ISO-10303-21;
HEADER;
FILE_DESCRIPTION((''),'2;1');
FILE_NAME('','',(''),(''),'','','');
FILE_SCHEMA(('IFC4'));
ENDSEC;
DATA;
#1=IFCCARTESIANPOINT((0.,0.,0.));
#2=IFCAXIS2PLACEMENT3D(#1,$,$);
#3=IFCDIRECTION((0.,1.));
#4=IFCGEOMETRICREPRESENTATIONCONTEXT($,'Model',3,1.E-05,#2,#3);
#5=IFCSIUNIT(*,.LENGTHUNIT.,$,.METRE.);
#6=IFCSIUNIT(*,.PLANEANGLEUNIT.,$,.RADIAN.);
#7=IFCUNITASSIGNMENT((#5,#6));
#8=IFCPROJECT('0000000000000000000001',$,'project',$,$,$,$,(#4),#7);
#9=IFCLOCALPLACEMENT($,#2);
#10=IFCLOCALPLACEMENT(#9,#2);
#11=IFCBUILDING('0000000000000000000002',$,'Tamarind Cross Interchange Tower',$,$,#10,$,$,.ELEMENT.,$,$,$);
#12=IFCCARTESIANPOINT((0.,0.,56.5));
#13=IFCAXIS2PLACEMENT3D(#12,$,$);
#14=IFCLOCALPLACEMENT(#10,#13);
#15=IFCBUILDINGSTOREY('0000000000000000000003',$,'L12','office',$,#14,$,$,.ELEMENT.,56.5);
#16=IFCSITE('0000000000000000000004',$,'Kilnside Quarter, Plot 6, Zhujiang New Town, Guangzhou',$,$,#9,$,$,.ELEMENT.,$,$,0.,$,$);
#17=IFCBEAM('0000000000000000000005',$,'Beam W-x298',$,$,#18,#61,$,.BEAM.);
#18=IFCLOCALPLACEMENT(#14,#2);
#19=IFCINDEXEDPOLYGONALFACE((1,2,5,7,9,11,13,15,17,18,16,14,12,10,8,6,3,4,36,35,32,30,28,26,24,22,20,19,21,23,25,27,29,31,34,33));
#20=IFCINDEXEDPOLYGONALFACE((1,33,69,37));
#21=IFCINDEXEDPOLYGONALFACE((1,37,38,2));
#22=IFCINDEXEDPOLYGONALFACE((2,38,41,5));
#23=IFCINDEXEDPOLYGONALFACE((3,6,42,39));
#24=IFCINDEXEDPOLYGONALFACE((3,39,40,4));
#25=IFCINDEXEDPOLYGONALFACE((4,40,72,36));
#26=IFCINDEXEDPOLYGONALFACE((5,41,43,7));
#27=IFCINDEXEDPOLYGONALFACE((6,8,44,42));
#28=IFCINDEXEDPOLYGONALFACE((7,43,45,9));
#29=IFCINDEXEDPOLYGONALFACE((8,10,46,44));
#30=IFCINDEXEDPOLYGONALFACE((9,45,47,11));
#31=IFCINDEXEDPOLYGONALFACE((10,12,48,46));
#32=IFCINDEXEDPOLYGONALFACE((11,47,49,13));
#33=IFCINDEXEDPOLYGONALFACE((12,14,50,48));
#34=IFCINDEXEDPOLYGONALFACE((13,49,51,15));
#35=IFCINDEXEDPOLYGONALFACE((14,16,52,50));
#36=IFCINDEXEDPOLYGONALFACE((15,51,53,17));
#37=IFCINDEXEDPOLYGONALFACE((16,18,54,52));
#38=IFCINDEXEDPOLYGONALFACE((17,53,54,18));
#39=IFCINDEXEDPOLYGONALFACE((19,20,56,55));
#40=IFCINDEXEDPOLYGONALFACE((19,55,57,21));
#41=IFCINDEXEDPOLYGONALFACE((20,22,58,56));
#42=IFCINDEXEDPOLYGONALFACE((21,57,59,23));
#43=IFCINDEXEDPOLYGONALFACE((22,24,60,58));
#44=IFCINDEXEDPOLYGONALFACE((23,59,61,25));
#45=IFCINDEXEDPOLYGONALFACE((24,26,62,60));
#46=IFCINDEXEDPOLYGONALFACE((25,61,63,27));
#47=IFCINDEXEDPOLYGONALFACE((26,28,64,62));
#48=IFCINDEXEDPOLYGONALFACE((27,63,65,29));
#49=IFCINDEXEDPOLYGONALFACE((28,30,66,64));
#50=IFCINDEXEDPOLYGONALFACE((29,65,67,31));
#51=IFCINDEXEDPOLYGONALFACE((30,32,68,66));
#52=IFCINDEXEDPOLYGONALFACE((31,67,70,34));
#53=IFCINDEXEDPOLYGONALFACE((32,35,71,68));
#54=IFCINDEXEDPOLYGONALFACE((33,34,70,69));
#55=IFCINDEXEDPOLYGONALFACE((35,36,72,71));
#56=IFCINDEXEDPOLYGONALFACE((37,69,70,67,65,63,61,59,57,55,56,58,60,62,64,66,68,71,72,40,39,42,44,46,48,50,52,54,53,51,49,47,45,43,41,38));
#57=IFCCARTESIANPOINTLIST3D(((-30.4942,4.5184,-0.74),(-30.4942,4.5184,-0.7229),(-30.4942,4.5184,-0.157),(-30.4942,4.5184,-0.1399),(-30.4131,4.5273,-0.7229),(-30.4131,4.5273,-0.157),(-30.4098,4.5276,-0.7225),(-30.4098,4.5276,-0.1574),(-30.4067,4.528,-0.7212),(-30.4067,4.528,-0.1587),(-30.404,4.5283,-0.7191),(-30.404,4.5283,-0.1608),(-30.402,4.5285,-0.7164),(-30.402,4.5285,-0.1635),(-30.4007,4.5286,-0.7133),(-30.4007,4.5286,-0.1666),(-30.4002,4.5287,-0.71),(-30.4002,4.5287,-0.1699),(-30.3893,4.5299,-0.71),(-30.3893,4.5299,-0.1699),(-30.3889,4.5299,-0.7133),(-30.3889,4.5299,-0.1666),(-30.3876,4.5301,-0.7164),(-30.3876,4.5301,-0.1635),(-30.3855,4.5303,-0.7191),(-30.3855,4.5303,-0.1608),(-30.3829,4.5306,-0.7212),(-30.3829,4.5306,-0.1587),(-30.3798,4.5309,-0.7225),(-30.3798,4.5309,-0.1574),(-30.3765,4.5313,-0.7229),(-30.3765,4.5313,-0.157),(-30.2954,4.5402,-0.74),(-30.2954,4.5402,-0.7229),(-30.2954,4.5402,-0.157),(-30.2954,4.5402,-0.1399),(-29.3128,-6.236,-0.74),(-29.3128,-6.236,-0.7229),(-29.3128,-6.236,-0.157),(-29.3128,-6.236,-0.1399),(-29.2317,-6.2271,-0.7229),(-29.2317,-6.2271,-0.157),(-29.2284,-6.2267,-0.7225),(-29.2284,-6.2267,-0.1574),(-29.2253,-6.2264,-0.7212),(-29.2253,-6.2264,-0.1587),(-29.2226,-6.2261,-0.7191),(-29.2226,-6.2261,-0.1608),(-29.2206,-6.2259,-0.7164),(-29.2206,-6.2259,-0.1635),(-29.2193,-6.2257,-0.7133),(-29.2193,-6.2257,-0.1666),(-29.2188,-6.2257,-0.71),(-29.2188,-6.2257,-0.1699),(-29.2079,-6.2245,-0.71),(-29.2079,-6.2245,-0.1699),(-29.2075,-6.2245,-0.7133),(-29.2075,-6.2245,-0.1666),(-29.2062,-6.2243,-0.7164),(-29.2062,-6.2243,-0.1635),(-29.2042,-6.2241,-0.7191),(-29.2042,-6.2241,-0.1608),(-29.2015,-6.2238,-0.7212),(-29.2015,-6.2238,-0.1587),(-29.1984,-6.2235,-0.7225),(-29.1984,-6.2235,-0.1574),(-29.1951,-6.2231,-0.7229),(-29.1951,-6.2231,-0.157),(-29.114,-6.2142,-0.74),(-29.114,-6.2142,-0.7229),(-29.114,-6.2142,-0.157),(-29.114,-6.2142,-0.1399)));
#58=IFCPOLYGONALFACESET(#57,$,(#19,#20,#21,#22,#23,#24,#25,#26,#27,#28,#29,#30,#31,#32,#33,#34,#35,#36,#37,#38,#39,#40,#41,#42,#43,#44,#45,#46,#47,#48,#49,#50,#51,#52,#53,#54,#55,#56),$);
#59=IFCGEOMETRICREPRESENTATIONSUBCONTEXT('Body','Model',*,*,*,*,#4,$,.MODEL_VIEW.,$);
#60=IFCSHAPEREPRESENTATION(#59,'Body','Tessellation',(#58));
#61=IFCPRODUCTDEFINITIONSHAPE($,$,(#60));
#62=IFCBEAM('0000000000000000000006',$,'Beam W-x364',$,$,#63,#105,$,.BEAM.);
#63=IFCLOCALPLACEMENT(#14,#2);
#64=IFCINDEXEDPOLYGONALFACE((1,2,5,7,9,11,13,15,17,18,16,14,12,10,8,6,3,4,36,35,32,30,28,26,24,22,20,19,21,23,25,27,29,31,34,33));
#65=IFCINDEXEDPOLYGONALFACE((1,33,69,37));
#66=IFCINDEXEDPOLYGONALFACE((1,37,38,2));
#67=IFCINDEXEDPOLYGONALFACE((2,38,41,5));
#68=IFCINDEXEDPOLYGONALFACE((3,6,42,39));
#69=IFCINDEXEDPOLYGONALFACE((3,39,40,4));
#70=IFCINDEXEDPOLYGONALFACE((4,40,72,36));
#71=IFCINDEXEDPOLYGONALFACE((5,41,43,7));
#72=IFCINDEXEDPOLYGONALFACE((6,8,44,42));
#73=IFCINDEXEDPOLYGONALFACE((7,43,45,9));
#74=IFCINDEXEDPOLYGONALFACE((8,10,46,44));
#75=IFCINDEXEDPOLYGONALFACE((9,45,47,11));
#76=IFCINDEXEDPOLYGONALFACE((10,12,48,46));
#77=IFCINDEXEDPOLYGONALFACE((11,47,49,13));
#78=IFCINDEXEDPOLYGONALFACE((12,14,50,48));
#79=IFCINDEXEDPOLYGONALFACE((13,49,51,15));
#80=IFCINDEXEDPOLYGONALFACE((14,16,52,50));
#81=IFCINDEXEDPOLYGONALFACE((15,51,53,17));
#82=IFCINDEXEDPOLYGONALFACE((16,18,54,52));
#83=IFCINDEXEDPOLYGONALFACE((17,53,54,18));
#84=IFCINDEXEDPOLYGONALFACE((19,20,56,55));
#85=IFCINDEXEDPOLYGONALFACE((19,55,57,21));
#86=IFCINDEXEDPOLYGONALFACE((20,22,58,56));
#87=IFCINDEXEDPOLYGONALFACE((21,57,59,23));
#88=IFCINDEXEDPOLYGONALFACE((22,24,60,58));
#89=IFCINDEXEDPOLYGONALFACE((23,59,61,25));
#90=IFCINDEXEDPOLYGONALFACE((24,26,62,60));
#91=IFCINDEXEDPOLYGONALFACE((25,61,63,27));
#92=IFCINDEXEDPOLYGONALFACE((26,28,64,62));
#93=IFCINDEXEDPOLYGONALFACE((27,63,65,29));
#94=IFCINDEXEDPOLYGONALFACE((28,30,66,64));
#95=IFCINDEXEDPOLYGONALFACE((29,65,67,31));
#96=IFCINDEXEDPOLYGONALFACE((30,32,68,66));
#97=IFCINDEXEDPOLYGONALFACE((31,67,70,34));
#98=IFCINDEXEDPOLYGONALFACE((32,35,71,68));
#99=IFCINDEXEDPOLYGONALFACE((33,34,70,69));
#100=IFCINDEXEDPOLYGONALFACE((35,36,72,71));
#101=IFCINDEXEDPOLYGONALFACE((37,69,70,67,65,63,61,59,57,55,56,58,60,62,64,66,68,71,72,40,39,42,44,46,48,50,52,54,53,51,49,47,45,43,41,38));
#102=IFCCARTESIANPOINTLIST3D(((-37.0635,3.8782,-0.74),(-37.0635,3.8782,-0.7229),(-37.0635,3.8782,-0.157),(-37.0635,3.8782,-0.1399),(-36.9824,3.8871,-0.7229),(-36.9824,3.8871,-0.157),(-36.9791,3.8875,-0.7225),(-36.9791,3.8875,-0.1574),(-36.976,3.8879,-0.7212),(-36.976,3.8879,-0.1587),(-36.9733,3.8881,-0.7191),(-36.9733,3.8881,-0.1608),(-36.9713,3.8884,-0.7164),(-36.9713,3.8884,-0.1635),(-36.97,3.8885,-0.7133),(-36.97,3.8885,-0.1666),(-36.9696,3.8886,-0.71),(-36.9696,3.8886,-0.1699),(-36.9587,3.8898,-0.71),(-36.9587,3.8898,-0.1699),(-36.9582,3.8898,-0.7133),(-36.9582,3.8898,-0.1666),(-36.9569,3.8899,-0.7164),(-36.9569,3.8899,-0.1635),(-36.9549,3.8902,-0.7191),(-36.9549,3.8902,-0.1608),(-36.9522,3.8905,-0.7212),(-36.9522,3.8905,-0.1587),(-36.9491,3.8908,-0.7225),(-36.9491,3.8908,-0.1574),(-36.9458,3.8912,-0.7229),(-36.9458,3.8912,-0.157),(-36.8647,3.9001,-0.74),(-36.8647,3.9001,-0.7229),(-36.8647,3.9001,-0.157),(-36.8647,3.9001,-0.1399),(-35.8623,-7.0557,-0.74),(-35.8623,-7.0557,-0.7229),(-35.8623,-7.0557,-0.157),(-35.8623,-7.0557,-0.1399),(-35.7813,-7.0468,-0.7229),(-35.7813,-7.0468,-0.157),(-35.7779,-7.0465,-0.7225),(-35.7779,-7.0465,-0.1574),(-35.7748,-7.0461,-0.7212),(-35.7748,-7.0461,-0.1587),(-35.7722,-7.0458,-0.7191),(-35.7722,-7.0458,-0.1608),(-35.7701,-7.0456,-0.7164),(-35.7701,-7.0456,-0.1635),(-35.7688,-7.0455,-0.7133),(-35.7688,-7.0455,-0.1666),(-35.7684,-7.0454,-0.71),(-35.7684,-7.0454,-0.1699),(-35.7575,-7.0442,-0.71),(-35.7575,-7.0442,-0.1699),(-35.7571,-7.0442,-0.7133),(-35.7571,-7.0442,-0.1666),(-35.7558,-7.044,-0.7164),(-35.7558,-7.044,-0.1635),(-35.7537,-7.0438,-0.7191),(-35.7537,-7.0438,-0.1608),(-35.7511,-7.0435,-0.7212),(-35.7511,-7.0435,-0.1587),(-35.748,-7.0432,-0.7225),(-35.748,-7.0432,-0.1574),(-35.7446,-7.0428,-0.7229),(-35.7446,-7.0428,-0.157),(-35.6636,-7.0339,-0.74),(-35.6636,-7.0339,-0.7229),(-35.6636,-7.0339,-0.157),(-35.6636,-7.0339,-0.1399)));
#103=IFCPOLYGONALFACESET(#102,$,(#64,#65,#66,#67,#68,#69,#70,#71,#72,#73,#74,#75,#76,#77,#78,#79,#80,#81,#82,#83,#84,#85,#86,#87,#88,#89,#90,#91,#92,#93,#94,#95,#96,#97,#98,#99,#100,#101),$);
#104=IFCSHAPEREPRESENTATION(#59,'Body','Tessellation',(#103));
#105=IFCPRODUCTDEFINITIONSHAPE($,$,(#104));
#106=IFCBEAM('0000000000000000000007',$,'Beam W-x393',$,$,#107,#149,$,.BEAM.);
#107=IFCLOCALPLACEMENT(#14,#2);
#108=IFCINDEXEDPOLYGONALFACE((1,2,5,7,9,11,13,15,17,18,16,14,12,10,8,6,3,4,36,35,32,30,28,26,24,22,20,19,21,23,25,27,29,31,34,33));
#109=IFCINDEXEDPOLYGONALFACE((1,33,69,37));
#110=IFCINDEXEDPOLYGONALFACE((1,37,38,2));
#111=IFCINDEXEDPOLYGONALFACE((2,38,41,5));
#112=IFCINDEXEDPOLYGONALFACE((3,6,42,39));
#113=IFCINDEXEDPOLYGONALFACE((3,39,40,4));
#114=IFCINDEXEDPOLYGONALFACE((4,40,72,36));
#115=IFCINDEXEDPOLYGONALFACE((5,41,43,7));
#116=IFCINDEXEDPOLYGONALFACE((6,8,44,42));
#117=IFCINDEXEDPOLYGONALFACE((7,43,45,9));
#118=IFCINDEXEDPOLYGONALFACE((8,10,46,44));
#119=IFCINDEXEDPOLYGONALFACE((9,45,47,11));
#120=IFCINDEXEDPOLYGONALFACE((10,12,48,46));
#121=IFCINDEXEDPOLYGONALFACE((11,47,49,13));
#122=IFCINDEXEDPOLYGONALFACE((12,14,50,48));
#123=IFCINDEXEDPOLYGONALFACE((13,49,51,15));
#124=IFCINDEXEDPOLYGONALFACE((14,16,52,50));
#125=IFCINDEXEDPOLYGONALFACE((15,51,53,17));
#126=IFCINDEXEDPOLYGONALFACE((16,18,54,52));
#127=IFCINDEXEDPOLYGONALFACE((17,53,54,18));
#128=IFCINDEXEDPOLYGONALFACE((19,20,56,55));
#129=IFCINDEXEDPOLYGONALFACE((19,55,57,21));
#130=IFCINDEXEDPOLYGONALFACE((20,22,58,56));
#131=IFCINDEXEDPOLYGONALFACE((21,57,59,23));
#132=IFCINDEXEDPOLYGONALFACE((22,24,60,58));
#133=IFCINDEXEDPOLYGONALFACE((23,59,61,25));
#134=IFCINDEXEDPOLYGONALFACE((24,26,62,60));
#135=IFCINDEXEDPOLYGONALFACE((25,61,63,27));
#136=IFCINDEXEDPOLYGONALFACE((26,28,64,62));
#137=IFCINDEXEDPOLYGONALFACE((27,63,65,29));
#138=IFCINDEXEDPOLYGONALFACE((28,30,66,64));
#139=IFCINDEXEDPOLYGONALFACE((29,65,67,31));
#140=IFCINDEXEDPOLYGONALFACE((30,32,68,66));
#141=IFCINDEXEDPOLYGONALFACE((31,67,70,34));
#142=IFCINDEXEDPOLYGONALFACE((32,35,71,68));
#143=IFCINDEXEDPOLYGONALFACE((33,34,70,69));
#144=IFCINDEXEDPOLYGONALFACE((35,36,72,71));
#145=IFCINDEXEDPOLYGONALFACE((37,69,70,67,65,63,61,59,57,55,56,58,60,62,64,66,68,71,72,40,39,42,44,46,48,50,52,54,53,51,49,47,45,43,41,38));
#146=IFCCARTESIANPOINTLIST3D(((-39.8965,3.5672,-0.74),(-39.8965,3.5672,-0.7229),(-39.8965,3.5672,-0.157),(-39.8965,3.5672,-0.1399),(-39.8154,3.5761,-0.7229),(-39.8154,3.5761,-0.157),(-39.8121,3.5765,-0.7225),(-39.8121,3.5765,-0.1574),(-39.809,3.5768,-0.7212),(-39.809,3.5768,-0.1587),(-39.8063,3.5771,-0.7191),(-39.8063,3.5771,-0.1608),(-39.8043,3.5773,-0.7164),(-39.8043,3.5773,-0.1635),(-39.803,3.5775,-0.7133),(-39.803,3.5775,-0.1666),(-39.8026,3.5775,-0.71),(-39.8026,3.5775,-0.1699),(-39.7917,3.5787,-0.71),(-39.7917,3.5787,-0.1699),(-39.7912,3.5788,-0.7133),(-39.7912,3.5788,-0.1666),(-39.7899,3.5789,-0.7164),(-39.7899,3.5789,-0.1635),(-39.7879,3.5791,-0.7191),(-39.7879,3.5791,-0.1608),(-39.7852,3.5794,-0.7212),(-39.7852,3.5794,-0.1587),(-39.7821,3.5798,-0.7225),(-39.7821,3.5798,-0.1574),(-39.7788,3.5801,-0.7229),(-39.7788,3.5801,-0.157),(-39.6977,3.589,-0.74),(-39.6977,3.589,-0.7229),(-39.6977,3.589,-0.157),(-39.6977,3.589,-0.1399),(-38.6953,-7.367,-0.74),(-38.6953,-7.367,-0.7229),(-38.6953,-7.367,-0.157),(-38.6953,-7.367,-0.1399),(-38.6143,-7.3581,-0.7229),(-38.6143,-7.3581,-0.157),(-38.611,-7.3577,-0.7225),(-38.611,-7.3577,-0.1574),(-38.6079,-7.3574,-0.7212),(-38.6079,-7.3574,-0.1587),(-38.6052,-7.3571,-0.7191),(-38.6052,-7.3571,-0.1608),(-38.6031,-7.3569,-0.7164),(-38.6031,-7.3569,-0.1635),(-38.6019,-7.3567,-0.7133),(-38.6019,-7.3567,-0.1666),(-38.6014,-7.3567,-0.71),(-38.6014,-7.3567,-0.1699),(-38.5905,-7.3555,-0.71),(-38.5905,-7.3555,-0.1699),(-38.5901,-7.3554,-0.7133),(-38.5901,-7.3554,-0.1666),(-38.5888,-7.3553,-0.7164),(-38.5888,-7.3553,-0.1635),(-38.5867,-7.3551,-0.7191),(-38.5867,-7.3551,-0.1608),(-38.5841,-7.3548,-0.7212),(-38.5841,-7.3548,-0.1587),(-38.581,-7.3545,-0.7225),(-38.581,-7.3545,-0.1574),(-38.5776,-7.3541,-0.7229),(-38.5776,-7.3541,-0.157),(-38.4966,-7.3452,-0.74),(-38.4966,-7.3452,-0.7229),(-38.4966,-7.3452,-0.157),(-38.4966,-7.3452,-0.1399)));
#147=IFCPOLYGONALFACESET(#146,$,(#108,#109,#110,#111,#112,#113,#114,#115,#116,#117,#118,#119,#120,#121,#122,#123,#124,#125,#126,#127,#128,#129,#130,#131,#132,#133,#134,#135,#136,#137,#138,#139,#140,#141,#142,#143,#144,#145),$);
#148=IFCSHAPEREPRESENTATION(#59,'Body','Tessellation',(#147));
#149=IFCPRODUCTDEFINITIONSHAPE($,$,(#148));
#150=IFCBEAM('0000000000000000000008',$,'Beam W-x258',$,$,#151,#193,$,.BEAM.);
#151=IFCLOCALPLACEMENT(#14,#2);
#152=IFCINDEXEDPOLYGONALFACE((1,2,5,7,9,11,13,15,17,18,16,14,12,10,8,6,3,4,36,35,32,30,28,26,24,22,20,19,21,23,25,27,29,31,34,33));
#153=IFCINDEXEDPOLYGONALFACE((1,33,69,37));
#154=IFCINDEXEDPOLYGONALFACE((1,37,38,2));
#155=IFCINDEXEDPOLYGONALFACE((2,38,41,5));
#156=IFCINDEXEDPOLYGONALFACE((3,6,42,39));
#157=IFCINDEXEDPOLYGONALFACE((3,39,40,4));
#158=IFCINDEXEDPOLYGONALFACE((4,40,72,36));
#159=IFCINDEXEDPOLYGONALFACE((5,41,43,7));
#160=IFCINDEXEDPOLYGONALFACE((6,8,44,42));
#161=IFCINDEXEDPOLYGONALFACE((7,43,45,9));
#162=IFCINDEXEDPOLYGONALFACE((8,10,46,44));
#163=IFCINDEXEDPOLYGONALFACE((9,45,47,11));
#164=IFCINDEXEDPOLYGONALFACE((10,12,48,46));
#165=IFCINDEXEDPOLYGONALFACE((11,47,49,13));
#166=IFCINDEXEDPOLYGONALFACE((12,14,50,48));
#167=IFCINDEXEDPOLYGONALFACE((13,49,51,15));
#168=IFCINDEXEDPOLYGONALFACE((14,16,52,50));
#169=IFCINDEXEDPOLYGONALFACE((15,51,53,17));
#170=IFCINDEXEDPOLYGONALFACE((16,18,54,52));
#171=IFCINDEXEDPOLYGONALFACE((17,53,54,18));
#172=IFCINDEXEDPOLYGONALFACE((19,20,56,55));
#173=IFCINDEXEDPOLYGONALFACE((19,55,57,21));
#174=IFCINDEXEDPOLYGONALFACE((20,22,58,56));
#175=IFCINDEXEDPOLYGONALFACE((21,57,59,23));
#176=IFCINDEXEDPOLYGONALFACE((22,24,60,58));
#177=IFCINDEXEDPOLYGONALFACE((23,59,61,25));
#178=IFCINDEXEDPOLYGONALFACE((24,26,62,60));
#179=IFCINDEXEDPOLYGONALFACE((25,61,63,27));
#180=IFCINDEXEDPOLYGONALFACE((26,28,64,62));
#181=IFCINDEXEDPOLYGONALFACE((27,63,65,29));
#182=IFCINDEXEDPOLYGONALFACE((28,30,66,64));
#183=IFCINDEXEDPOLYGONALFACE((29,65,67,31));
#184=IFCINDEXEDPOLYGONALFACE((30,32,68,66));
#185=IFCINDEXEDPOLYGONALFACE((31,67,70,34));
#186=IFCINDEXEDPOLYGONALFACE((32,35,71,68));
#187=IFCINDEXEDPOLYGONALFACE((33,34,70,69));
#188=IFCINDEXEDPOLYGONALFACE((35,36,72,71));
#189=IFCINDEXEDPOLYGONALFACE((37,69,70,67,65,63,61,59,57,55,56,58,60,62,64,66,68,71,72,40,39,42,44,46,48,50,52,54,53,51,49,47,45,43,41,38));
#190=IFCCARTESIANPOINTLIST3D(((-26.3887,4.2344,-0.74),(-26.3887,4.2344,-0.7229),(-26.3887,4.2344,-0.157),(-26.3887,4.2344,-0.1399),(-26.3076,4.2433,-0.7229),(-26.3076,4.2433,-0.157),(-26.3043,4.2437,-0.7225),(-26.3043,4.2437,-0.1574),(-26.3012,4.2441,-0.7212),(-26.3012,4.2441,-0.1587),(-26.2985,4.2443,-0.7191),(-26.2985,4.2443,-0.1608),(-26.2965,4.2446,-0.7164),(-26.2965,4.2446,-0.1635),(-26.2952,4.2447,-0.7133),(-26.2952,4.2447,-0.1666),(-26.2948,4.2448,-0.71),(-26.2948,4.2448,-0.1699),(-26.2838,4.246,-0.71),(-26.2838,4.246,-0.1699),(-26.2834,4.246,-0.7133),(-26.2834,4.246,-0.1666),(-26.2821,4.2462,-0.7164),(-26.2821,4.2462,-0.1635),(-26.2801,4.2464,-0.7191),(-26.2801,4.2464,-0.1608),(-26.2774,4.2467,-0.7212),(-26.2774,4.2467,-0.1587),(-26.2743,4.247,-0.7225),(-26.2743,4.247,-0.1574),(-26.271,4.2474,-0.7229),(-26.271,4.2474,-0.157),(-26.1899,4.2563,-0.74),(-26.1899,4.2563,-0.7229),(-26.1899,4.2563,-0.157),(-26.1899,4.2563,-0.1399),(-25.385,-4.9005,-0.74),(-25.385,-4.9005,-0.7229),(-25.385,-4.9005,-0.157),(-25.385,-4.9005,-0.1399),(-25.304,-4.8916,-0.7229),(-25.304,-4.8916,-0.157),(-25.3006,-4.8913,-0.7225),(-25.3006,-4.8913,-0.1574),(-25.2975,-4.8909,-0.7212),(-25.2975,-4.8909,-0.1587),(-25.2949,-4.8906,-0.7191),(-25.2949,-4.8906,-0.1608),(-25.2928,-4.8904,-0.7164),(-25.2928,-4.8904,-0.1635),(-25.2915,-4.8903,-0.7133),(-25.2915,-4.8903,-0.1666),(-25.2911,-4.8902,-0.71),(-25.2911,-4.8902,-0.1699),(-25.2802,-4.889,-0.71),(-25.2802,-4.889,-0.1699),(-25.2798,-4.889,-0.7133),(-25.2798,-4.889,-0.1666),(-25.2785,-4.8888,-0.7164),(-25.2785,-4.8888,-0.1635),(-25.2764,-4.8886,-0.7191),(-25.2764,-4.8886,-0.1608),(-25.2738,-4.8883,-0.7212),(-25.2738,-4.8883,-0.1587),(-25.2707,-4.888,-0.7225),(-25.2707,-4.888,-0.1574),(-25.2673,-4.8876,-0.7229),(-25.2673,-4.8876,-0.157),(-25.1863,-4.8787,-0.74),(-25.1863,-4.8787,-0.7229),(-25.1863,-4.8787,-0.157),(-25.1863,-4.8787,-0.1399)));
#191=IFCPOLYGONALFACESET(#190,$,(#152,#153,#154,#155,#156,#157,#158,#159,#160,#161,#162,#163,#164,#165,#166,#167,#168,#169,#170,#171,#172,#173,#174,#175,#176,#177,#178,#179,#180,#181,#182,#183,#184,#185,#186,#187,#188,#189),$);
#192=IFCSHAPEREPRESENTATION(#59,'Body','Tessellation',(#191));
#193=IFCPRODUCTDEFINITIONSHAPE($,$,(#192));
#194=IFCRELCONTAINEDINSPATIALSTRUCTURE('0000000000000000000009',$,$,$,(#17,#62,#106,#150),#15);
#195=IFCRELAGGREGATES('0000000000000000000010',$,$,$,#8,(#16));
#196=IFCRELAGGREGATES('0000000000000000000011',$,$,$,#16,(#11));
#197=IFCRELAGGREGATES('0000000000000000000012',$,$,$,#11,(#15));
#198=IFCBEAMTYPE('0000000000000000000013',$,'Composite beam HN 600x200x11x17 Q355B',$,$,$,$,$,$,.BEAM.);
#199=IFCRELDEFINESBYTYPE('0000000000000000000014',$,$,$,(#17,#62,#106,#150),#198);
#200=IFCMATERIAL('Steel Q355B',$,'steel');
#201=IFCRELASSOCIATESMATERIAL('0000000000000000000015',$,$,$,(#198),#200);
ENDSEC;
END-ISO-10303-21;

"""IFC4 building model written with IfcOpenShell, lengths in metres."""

from ifc_helpers import new_model, si_unit, direction, frame, origin, origin_2d, place, context, subcontext, project, spatial, i_section, extrude, material, material_profile, profile_set, type_object, element, save


model = new_model("IFC4")

# Units and contexts
model_context = context("Model", 3, precision=1e-05, world=origin(), true_north=direction((0.0, 1.0)))
body_context = subcontext(model_context, "Body", "Model", "MODEL_VIEW")
ifc_project = project(units=[si_unit("LENGTHUNIT", "METRE"), si_unit("PLANEANGLEUNIT", "RADIAN")], contexts=[model_context])

# Site, building, storey
site_placement = place(None, origin())
site = spatial("IfcSite", under=ifc_project, at=site_placement, Name="Kilnside Quarter, Plot 6, Zhujiang New Town, Guangzhou", CompositionType="ELEMENT", RefElevation=0.0)
building_placement = place(site_placement, origin())
building = spatial("IfcBuilding", under=site, at=building_placement, Name="Tamarind Cross Interchange Tower", CompositionType="ELEMENT")
storey_placement = place(building_placement, frame((0.0, 0.0, 56.5)))
storey = spatial("IfcBuildingStorey", under=building, at=storey_placement, Name="L12", Description="office", CompositionType="ELEMENT", Elevation=56.5)

# Beams
ifc_material_1 = material(Name="Steel Q355B", Category="steel")
ifc_material_profile_1 = material_profile(ifc_material_1, i_section(OverallWidth=0.2, OverallDepth=0.6001, WebThickness=0.011, FlangeThickness=0.0171, FilletRadius=0.0129, at=origin_2d()), Name="HN 600x200x11x17")
ifc_profile_set_1 = profile_set([ifc_material_profile_1], Name="Steel Q355B")
beam_type_1 = type_object("IfcBeamType", Name="Composite beam HN 600x200x11x17 Q355B", PredefinedType="BEAM", material=ifc_profile_set_1)
beam_1_placement = place(storey_placement, frame((-30.3948, 4.5293, -0.4399), z_axis=(0.109196, -0.99402, 0.0), x_axis=(0.99402, 0.109196, 0.0)))
element("IfcBeam", 1, at=beam_1_placement, inside=storey, type_object=beam_type_1, Name="Beam W-x298", PredefinedType="BEAM", context=body_context, shape_type="SweptSolid", body=[
    extrude(i_section(OverallWidth=0.2, OverallDepth=0.6001, WebThickness=0.011, FlangeThickness=0.0171, FilletRadius=0.0129, at=origin_2d()), origin(), (0.0, 0.0, 1.0), 10.8191),
])
beam_2_placement = place(storey_placement, frame((-36.9641, 3.8892, -0.4399), z_axis=(0.109199, -0.99402, 0.0), x_axis=(0.99402, 0.109199, 0.0)))
element("IfcBeam", 2, at=beam_2_placement, inside=storey, type_object=beam_type_1, Name="Beam W-x364", PredefinedType="BEAM", context=body_context, shape_type="SweptSolid", body=[
    extrude(i_section(OverallWidth=0.2, OverallDepth=0.6001, WebThickness=0.011, FlangeThickness=0.0171, FilletRadius=0.0129, at=origin_2d()), origin(), (0.0, 0.0, 1.0), 10.9998),
])
beam_3_placement = place(storey_placement, frame((-39.7971, 3.5781, -0.4399), z_axis=(0.109196, -0.99402, 0.0), x_axis=(0.99402, 0.109196, 0.0)))
element("IfcBeam", 3, at=beam_3_placement, inside=storey, type_object=beam_type_1, Name="Beam W-x393", PredefinedType="BEAM", context=body_context, shape_type="SweptSolid", body=[
    extrude(i_section(OverallWidth=0.2, OverallDepth=0.6001, WebThickness=0.011, FlangeThickness=0.0171, FilletRadius=0.0129, at=origin_2d()), origin(), (0.0, 0.0, 1.0), 11.0),
])
beam_4_placement = place(storey_placement, frame((-26.2893, 4.2454, -0.4399), z_axis=(0.109213, -0.994018, 0.0), x_axis=(0.994018, 0.109213, 0.0)))
element("IfcBeam", 4, at=beam_4_placement, inside=storey, type_object=beam_type_1, Name="Beam W-x258", PredefinedType="BEAM", context=body_context, shape_type="SweptSolid", body=[
    extrude(i_section(OverallWidth=0.2, OverallDepth=0.6001, WebThickness=0.011, FlangeThickness=0.0171, FilletRadius=0.0129, at=origin_2d()), origin(), (0.0, 0.0, 1.0), 9.1899),
])

save(model, "model.ifc")
